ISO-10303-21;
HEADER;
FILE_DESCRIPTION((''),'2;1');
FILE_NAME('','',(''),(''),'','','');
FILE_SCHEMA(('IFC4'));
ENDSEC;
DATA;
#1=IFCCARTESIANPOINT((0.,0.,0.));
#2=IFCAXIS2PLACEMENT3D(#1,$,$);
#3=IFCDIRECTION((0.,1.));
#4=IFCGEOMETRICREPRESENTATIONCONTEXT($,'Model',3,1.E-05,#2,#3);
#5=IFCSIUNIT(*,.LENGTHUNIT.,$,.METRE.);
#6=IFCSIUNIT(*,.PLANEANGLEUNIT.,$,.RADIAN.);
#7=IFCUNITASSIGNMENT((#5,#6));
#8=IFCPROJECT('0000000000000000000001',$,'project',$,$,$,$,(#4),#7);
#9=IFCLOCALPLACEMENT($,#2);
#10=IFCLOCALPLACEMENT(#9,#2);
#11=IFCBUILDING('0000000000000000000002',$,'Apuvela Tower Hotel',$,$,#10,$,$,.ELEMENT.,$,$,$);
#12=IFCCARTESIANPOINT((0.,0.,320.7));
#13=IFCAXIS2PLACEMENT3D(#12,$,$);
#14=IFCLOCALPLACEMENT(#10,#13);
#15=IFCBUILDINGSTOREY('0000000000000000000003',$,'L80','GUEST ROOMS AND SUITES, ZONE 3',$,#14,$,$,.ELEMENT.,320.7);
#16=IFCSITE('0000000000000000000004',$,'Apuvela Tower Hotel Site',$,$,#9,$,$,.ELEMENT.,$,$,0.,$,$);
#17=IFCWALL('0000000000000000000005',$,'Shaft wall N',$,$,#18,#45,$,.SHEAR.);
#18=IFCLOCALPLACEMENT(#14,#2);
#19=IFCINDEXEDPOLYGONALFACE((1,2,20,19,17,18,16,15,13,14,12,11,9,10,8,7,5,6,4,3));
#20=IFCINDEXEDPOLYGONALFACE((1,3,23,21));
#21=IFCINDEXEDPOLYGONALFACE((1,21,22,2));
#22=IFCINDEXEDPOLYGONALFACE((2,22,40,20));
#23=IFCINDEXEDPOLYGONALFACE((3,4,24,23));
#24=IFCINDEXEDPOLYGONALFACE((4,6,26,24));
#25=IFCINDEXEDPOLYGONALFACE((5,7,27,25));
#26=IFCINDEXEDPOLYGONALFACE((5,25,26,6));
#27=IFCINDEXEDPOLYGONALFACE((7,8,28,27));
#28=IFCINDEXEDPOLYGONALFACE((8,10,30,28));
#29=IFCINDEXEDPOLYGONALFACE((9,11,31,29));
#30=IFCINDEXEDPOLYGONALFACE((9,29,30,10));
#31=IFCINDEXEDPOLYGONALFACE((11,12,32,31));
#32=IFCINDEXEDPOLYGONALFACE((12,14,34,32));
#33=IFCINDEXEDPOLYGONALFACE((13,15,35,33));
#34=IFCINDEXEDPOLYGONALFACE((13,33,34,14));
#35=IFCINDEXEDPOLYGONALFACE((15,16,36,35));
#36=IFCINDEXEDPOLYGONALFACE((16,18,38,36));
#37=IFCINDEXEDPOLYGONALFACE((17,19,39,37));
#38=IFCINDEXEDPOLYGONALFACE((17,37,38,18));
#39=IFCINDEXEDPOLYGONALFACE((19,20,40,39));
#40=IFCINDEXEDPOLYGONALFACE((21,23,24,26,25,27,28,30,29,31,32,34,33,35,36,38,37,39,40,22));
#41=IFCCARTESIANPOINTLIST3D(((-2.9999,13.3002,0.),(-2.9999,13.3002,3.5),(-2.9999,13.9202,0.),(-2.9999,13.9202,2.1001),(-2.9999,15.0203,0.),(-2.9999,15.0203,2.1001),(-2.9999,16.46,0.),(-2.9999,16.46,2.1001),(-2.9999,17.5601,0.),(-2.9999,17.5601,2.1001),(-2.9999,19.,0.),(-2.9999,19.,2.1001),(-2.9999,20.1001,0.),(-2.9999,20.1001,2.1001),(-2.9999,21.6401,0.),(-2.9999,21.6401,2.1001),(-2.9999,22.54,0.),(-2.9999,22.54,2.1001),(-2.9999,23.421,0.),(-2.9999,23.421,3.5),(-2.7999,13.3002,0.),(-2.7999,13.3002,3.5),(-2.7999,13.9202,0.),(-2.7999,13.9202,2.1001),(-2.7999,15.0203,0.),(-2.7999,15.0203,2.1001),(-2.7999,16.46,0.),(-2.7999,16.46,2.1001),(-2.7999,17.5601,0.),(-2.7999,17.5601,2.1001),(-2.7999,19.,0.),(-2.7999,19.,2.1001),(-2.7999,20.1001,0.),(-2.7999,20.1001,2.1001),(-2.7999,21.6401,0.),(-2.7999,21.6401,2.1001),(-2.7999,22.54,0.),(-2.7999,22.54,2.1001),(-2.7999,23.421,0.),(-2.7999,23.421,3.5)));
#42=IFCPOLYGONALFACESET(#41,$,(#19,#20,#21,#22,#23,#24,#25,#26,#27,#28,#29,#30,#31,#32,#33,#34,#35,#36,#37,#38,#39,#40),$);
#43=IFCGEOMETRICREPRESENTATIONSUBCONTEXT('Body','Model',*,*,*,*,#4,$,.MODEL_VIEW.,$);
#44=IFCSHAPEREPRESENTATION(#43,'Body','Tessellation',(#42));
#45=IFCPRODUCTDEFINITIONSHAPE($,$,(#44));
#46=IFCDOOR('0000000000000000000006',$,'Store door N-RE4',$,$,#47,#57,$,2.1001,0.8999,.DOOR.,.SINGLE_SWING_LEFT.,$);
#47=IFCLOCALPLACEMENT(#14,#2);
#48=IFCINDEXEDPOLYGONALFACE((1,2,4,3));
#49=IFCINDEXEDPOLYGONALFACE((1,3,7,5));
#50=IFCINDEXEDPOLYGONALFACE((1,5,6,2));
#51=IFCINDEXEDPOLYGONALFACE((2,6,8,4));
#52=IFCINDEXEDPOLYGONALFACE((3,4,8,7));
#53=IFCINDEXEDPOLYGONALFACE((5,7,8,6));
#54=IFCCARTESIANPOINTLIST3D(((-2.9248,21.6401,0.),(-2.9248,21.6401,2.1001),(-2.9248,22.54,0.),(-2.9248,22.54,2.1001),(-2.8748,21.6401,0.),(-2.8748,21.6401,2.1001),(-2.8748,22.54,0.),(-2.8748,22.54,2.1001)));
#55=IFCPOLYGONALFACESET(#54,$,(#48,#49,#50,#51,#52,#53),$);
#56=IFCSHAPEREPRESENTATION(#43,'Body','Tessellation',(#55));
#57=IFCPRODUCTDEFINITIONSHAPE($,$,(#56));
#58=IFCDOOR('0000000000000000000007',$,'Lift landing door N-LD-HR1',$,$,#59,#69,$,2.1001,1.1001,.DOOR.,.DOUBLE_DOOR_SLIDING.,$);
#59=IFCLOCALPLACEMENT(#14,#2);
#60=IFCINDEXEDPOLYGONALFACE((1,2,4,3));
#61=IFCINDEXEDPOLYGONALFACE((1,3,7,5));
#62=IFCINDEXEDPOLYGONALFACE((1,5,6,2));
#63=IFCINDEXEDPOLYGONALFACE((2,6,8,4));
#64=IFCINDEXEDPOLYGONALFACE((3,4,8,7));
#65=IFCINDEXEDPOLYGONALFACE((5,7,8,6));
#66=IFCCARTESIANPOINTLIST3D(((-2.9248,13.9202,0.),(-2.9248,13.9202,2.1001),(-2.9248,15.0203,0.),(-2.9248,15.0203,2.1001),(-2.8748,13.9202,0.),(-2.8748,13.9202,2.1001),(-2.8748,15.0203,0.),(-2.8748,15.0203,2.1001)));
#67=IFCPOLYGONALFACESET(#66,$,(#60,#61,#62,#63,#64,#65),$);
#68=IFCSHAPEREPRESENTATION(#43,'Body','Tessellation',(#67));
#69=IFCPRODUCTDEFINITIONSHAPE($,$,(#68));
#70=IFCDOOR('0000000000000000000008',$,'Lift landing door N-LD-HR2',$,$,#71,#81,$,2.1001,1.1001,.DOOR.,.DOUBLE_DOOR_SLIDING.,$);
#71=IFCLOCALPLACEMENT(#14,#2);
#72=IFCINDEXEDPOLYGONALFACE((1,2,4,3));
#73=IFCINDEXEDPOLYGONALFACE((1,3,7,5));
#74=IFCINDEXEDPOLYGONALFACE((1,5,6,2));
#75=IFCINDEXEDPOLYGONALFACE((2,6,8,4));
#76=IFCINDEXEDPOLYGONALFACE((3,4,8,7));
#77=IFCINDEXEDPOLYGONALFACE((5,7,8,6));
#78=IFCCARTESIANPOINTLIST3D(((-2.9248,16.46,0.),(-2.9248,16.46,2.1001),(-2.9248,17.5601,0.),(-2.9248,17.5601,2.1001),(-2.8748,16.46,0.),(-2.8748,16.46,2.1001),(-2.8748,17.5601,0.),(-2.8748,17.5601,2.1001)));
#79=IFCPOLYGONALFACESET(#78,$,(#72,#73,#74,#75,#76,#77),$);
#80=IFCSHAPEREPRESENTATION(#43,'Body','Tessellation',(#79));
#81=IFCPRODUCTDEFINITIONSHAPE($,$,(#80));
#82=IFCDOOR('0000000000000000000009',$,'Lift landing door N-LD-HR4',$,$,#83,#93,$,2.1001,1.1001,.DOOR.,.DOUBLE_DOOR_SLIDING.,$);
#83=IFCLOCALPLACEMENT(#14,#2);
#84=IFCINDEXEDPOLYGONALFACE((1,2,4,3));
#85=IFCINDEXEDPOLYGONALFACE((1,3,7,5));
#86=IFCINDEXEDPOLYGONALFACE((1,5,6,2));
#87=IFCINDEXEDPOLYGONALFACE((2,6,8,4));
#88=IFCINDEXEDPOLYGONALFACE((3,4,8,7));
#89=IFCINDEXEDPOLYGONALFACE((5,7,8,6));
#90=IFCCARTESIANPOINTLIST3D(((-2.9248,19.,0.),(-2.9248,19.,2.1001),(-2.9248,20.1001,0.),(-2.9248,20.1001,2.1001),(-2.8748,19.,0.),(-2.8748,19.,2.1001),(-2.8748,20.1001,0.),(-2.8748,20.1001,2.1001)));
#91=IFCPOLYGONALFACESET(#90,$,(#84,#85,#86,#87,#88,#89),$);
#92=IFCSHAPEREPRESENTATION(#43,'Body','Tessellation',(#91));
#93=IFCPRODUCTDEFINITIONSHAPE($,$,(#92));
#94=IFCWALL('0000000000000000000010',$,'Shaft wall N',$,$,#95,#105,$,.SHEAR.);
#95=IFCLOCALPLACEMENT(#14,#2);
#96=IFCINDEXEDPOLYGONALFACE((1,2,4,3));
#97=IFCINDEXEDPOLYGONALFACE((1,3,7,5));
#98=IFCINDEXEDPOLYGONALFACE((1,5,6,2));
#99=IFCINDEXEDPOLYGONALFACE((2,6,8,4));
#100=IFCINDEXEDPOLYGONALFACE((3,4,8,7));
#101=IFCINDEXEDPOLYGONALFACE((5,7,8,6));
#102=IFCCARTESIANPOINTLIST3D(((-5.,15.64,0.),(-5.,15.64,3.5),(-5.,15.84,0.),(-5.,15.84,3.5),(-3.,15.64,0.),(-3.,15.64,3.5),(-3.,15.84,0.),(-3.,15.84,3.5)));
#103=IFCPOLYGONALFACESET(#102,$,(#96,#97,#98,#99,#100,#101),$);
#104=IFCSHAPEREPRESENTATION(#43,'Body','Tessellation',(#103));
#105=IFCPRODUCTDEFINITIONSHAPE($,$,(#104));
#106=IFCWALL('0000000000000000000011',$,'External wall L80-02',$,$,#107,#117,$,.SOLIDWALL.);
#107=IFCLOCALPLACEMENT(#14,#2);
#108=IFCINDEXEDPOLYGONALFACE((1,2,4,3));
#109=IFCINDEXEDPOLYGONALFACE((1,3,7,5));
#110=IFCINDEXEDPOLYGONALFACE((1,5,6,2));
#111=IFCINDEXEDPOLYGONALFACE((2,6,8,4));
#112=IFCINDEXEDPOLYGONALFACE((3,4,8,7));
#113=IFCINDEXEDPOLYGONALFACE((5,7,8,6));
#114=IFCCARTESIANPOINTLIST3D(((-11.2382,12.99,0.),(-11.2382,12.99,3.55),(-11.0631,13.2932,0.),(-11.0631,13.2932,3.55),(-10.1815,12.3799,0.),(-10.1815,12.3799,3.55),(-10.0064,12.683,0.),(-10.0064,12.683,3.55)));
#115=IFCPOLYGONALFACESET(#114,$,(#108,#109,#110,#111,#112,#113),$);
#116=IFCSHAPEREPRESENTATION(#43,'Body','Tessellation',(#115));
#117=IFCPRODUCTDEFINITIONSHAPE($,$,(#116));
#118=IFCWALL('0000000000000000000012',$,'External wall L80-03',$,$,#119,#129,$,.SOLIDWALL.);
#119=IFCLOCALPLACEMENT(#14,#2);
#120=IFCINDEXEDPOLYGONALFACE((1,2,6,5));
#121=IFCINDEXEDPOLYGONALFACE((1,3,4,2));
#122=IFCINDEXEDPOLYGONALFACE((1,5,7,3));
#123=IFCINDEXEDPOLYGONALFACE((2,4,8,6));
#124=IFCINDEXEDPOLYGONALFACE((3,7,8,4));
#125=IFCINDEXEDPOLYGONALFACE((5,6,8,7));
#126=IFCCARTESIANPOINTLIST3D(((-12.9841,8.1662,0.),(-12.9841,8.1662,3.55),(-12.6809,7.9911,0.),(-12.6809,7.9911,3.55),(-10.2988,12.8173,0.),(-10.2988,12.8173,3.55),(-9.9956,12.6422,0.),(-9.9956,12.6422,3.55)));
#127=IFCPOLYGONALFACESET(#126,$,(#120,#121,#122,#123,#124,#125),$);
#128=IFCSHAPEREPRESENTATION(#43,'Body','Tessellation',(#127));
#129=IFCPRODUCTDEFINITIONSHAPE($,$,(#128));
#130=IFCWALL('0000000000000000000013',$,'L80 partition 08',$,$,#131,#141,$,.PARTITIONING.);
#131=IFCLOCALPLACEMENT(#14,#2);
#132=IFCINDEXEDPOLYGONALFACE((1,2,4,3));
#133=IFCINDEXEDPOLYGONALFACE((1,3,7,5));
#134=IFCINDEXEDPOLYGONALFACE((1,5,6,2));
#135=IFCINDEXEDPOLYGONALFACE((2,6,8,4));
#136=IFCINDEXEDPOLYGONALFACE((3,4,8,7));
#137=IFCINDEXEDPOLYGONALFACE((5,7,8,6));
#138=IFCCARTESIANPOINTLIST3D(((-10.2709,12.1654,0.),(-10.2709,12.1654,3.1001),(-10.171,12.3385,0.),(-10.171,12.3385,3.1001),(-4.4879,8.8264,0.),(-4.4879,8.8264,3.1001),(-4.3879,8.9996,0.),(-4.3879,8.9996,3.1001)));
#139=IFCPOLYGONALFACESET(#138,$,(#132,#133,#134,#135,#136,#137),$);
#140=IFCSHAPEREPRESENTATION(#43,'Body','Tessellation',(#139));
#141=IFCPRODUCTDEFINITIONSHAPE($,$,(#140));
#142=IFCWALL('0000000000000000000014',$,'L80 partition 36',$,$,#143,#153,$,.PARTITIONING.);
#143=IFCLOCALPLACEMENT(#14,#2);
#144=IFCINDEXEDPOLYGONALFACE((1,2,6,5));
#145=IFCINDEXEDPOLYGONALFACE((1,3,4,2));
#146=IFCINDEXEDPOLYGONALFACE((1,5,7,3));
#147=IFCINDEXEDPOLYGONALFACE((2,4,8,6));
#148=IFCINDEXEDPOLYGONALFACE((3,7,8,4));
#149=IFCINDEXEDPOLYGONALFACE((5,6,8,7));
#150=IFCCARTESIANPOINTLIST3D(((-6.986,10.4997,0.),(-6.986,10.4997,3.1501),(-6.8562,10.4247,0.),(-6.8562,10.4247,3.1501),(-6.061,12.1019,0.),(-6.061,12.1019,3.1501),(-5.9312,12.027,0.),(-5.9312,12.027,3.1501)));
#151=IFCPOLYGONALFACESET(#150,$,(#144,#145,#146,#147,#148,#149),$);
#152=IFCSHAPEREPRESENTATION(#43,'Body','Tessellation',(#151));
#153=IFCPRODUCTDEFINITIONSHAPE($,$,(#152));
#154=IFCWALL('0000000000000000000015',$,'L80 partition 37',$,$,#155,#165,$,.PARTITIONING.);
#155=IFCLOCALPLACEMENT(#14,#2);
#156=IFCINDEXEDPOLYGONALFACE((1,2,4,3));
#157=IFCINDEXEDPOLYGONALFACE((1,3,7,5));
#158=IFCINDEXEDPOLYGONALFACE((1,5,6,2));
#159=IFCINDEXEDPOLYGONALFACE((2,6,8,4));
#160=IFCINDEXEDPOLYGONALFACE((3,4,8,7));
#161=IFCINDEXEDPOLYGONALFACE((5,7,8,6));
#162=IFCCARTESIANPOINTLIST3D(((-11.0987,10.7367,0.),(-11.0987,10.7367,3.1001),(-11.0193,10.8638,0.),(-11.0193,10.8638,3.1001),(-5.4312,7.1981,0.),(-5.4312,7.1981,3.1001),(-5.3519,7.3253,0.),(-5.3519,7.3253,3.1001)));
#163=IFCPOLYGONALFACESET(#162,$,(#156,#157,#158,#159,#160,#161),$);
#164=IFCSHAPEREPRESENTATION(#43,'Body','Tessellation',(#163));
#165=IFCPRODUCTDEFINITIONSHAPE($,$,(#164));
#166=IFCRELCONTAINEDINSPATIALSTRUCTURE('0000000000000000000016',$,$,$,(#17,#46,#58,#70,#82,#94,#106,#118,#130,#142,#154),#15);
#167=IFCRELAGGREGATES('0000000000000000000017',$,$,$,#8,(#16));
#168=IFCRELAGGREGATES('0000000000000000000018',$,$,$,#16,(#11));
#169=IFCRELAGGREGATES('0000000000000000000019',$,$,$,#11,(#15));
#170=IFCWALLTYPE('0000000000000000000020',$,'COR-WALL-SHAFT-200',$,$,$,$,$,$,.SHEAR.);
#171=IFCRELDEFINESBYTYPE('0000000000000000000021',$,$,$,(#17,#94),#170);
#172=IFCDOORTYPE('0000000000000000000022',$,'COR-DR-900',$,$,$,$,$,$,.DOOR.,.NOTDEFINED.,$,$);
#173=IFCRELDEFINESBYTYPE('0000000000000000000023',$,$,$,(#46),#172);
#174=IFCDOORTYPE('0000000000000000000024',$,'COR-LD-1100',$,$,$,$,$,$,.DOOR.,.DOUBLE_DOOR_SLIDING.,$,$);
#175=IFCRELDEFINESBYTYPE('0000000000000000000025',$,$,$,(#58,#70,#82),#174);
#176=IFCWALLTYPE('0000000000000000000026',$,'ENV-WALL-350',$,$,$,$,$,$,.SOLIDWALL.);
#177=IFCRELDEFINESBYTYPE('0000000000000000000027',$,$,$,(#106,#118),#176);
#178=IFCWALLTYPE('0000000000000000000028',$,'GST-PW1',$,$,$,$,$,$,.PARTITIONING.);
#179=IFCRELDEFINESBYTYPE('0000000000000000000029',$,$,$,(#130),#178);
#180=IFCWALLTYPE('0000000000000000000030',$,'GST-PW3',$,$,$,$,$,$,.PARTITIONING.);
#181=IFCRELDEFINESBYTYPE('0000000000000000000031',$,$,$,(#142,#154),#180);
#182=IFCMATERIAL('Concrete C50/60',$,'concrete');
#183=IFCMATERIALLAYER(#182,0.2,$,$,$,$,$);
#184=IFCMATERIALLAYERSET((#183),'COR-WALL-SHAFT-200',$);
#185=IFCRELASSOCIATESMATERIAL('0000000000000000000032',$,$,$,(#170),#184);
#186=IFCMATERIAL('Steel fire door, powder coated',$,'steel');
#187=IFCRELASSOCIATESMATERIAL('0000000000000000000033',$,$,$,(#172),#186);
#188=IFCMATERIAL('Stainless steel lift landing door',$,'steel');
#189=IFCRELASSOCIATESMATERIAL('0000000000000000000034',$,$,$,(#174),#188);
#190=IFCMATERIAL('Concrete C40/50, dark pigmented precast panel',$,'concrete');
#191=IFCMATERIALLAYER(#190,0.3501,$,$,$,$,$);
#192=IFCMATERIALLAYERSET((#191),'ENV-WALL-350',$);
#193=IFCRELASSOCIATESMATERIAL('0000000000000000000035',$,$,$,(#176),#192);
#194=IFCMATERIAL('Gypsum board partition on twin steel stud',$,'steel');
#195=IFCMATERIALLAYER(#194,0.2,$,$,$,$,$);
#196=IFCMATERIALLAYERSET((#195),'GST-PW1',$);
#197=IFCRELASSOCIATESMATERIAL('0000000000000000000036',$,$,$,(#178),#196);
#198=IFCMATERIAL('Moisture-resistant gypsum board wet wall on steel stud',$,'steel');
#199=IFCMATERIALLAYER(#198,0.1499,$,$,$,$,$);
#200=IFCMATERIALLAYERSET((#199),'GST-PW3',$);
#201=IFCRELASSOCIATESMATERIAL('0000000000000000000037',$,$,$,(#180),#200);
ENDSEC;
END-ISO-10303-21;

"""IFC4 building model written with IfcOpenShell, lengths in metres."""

from ifc_helpers import new_model, si_unit, direction, frame, frame_2d, origin, place, context, subcontext, project, spatial, rectangle, extrude, material, layer, layer_set, type_object, element, fill, save


model = new_model("IFC4")

# Units and contexts
model_context = context("Model", 3, precision=1e-05, world=origin(), true_north=direction((0.0, 1.0)))
body_context = subcontext(model_context, "Body", "Model", "MODEL_VIEW")
ifc_project = project(units=[si_unit("LENGTHUNIT", "METRE"), si_unit("PLANEANGLEUNIT", "RADIAN")], contexts=[model_context])

# Site, building, storey
site_placement = place(None, origin())
site = spatial("IfcSite", under=ifc_project, at=site_placement, Name="Apuvela Tower Hotel Site", CompositionType="ELEMENT", RefElevation=0.0)
building_placement = place(site_placement, origin())
building = spatial("IfcBuilding", under=site, at=building_placement, Name="Apuvela Tower Hotel", CompositionType="ELEMENT")
storey_placement = place(building_placement, frame((0.0, 0.0, 320.7)))
storey = spatial("IfcBuildingStorey", under=building, at=storey_placement, Name="L80", Description="GUEST ROOMS AND SUITES, ZONE 3", CompositionType="ELEMENT", Elevation=320.7)

# Shared definitions
ifc_material_1 = material(Name="Concrete C50/60", Category="concrete")
ifc_layer_1 = layer(ifc_material_1, 0.2)
ifc_layer_set_1 = layer_set([ifc_layer_1], Name="COR-WALL-SHAFT-200")
wall_type_1 = type_object("IfcWallType", Name="COR-WALL-SHAFT-200", PredefinedType="SHEAR", material=ifc_layer_set_1)

# Wall, openings, doors
wall_1_placement = place(storey_placement, frame((-2.8999, 13.3, 0.0), z_axis=(0.0, 0.0, 1.0), x_axis=(0.0, 1.0, 0.0)))
wall_1 = element("IfcWall", 1, at=wall_1_placement, inside=storey, type_object=wall_type_1, Name="Shaft wall N", PredefinedType="SHEAR", context=body_context, shape_type="SweptSolid", body=[
    extrude(rectangle(XDim=10.1208, YDim=0.2, at=frame_2d((5.0605, 0.0))), origin(), (0.0, 0.0, 1.0), 3.5),
])
opening_1_placement = place(wall_1_placement, frame((0.6201, 0.0, 0.0)))
opening_1 = element("IfcOpeningElement", 2, at=opening_1_placement, cuts=wall_1, PredefinedType="OPENING", context=body_context, shape_type="SweptSolid", body=[
    extrude(rectangle(XDim=1.1001, YDim=2.1001, at=frame_2d((0.55, 1.05))), frame((0.0, 0.1099, 0.0), z_axis=(0.0, -1.0, 0.0), x_axis=(1.0, 0.0, 0.0)), (0.0, 0.0, 1.0), 0.22),
])
opening_2_placement = place(wall_1_placement, frame((3.1599, 0.0, 0.0)))
opening_2 = element("IfcOpeningElement", 3, at=opening_2_placement, cuts=wall_1, PredefinedType="OPENING", context=body_context, shape_type="SweptSolid", body=[
    extrude(rectangle(XDim=1.1001, YDim=2.1001, at=frame_2d((0.55, 1.05))), frame((0.0, 0.1099, 0.0), z_axis=(0.0, -1.0, 0.0), x_axis=(1.0, 0.0, 0.0)), (0.0, 0.0, 1.0), 0.22),
])
opening_3_placement = place(wall_1_placement, frame((5.7, 0.0, 0.0)))
opening_3 = element("IfcOpeningElement", 4, at=opening_3_placement, cuts=wall_1, PredefinedType="OPENING", context=body_context, shape_type="SweptSolid", body=[
    extrude(rectangle(XDim=1.1001, YDim=2.1001, at=frame_2d((0.55, 1.05))), frame((0.0, 0.1099, 0.0), z_axis=(0.0, -1.0, 0.0), x_axis=(1.0, 0.0, 0.0)), (0.0, 0.0, 1.0), 0.22),
])
opening_4_placement = place(wall_1_placement, frame((8.3401, 0.0, 0.0)))
opening_4 = element("IfcOpeningElement", 5, at=opening_4_placement, cuts=wall_1, PredefinedType="OPENING", context=body_context, shape_type="SweptSolid", body=[
    extrude(rectangle(XDim=0.8999, YDim=2.1001, at=frame_2d((0.45, 1.05))), frame((0.0, 0.1099, 0.0), z_axis=(0.0, -1.0, 0.0), x_axis=(1.0, 0.0, 0.0)), (0.0, 0.0, 1.0), 0.22),
])
ifc_material_2 = material(Name="Steel fire door, powder coated", Category="steel")
door_type_1 = type_object("IfcDoorType", Name="COR-DR-900", OperationType="NOTDEFINED", PredefinedType="DOOR", material=ifc_material_2)
door_1_placement = place(opening_4_placement, origin())
door_1 = element("IfcDoor", 6, at=door_1_placement, inside=storey, type_object=door_type_1, Name="Store door N-RE4", OperationType="SINGLE_SWING_LEFT", OverallHeight=2.1001, OverallWidth=0.8999, PredefinedType="DOOR", context=body_context, shape_type="SweptSolid", body=[
    extrude(rectangle(XDim=0.8999, YDim=2.1001, at=frame_2d((0.45, 1.05))), frame((0.0, 0.0249, 0.0), z_axis=(0.0, -1.0, 0.0), x_axis=(1.0, 0.0, 0.0)), (0.0, 0.0, 1.0), 0.05),
])
fill(opening_4, door_1)
ifc_material_3 = material(Name="Stainless steel lift landing door", Category="steel")
door_type_2 = type_object("IfcDoorType", Name="COR-LD-1100", OperationType="DOUBLE_DOOR_SLIDING", PredefinedType="DOOR", material=ifc_material_3)
door_2_placement = place(opening_1_placement, origin())
door_2 = element("IfcDoor", 7, at=door_2_placement, inside=storey, type_object=door_type_2, Name="Lift landing door N-LD-HR1", OperationType="DOUBLE_DOOR_SLIDING", OverallHeight=2.1001, OverallWidth=1.1001, PredefinedType="DOOR", context=body_context, shape_type="SweptSolid", body=[
    extrude(rectangle(XDim=1.1001, YDim=2.1001, at=frame_2d((0.55, 1.05))), frame((0.0, 0.0249, 0.0), z_axis=(0.0, -1.0, 0.0), x_axis=(1.0, 0.0, 0.0)), (0.0, 0.0, 1.0), 0.05),
])
fill(opening_1, door_2)
door_3_placement = place(opening_2_placement, origin())
door_3 = element("IfcDoor", 8, at=door_3_placement, inside=storey, type_object=door_type_2, Name="Lift landing door N-LD-HR2", OperationType="DOUBLE_DOOR_SLIDING", OverallHeight=2.1001, OverallWidth=1.1001, PredefinedType="DOOR", context=body_context, shape_type="SweptSolid", body=[
    extrude(rectangle(XDim=1.1001, YDim=2.1001, at=frame_2d((0.55, 1.05))), frame((0.0, 0.0249, 0.0), z_axis=(0.0, -1.0, 0.0), x_axis=(1.0, 0.0, 0.0)), (0.0, 0.0, 1.0), 0.05),
])
fill(opening_2, door_3)
door_4_placement = place(opening_3_placement, origin())
door_4 = element("IfcDoor", 9, at=door_4_placement, inside=storey, type_object=door_type_2, Name="Lift landing door N-LD-HR4", OperationType="DOUBLE_DOOR_SLIDING", OverallHeight=2.1001, OverallWidth=1.1001, PredefinedType="DOOR", context=body_context, shape_type="SweptSolid", body=[
    extrude(rectangle(XDim=1.1001, YDim=2.1001, at=frame_2d((0.55, 1.05))), frame((0.0, 0.0249, 0.0), z_axis=(0.0, -1.0, 0.0), x_axis=(1.0, 0.0, 0.0)), (0.0, 0.0, 1.0), 0.05),
])
fill(opening_3, door_4)

# Walls
wall_2_placement = place(storey_placement, frame((-3.0, 15.74, 0.0), z_axis=(0.0, 0.0, 1.0), x_axis=(-1.0, 0.0, 0.0)))
element("IfcWall", 10, at=wall_2_placement, inside=storey, type_object=wall_type_1, Name="Shaft wall N", PredefinedType="SHEAR", context=body_context, shape_type="SweptSolid", body=[
    extrude(rectangle(XDim=2.0, YDim=0.2, at=frame_2d((1.0, 0.0))), origin(), (0.0, 0.0, 1.0), 3.5),
])
ifc_material_4 = material(Name="Concrete C40/50, dark pigmented precast panel", Category="concrete")
ifc_layer_2 = layer(ifc_material_4, 0.3501)
ifc_layer_set_2 = layer_set([ifc_layer_2], Name="ENV-WALL-350")
wall_type_2 = type_object("IfcWallType", Name="ENV-WALL-350", PredefinedType="SOLIDWALL", material=ifc_layer_set_2)
wall_3_placement = place(storey_placement, frame((-11.1506, 13.1416, 0.0), z_axis=(0.0, 0.0, 1.0), x_axis=(0.866006, -0.500034, 0.0)))
element("IfcWall", 11, at=wall_3_placement, inside=storey, type_object=wall_type_2, Name="External wall L80-02", PredefinedType="SOLIDWALL", context=body_context, shape_type="SweptSolid", body=[
    extrude(rectangle(XDim=1.2202, YDim=0.3501, at=frame_2d((0.6101, 0.0))), origin(), (0.0, 0.0, 1.0), 3.55),
])
wall_4_placement = place(storey_placement, frame((-10.1472, 12.7297, 0.0), z_axis=(0.0, 0.0, 1.0), x_axis=(-0.499997, -0.866027, 0.0)))
element("IfcWall", 12, at=wall_4_placement, inside=storey, type_object=wall_type_2, Name="External wall L80-03", PredefinedType="SOLIDWALL", context=body_context, shape_type="SweptSolid", body=[
    extrude(rectangle(XDim=5.3706, YDim=0.3501, at=frame_2d((2.6853, 0.0))), origin(), (0.0, 0.0, 1.0), 3.55),
])
ifc_material_5 = material(Name="Gypsum board partition on twin steel stud", Category="steel")
ifc_layer_3 = layer(ifc_material_5, 0.2)
ifc_layer_set_3 = layer_set([ifc_layer_3], Name="GST-PW1")
wall_type_3 = type_object("IfcWallType", Name="GST-PW1", PredefinedType="PARTITIONING", material=ifc_layer_set_3)
wall_5_placement = place(storey_placement, frame((-10.2209, 12.252, 0.0), z_axis=(0.0, 0.0, 1.0), x_axis=(0.866021, -0.500008, 0.0)))
element("IfcWall", 13, at=wall_5_placement, inside=storey, type_object=wall_type_3, Name="L80 partition 08", PredefinedType="PARTITIONING", context=body_context, shape_type="SweptSolid", body=[
    extrude(rectangle(XDim=6.6777, YDim=0.2, at=frame_2d((3.3389, 0.0))), origin(), (0.0, 0.0, 1.0), 3.1001),
])
ifc_material_6 = material(Name="Moisture-resistant gypsum board wet wall on steel stud", Category="steel")
ifc_layer_4 = layer(ifc_material_6, 0.1499)
ifc_layer_set_4 = layer_set([ifc_layer_4], Name="GST-PW3")
wall_type_4 = type_object("IfcWallType", Name="GST-PW3", PredefinedType="PARTITIONING", material=ifc_layer_set_4)
wall_6_placement = place(storey_placement, frame((-5.9961, 12.0645, 0.0), z_axis=(0.0, 0.0, 1.0), x_axis=(-0.499985, -0.866034, 0.0)))
element("IfcWall", 14, at=wall_6_placement, inside=storey, type_object=wall_type_4, Name="L80 partition 36", PredefinedType="PARTITIONING", context=body_context, shape_type="SweptSolid", body=[
    extrude(rectangle(XDim=1.8501, YDim=0.1499, at=frame_2d((0.925, 0.0))), origin(), (0.0, 0.0, 1.0), 3.1501),
])
wall_7_placement = place(storey_placement, frame((-11.0591, 10.8003, 0.0), z_axis=(0.0, 0.0, 1.0), x_axis=(0.84824, -0.529611, 0.0)))
element("IfcWall", 15, at=wall_7_placement, inside=storey, type_object=wall_type_4, Name="L80 partition 37", PredefinedType="PARTITIONING", context=body_context, shape_type="SweptSolid", body=[
    extrude(rectangle(XDim=6.6814, YDim=0.1499, at=frame_2d((3.3408, 0.0))), origin(), (0.0, 0.0, 1.0), 3.1001),
])

save(model, "model.ifc")
